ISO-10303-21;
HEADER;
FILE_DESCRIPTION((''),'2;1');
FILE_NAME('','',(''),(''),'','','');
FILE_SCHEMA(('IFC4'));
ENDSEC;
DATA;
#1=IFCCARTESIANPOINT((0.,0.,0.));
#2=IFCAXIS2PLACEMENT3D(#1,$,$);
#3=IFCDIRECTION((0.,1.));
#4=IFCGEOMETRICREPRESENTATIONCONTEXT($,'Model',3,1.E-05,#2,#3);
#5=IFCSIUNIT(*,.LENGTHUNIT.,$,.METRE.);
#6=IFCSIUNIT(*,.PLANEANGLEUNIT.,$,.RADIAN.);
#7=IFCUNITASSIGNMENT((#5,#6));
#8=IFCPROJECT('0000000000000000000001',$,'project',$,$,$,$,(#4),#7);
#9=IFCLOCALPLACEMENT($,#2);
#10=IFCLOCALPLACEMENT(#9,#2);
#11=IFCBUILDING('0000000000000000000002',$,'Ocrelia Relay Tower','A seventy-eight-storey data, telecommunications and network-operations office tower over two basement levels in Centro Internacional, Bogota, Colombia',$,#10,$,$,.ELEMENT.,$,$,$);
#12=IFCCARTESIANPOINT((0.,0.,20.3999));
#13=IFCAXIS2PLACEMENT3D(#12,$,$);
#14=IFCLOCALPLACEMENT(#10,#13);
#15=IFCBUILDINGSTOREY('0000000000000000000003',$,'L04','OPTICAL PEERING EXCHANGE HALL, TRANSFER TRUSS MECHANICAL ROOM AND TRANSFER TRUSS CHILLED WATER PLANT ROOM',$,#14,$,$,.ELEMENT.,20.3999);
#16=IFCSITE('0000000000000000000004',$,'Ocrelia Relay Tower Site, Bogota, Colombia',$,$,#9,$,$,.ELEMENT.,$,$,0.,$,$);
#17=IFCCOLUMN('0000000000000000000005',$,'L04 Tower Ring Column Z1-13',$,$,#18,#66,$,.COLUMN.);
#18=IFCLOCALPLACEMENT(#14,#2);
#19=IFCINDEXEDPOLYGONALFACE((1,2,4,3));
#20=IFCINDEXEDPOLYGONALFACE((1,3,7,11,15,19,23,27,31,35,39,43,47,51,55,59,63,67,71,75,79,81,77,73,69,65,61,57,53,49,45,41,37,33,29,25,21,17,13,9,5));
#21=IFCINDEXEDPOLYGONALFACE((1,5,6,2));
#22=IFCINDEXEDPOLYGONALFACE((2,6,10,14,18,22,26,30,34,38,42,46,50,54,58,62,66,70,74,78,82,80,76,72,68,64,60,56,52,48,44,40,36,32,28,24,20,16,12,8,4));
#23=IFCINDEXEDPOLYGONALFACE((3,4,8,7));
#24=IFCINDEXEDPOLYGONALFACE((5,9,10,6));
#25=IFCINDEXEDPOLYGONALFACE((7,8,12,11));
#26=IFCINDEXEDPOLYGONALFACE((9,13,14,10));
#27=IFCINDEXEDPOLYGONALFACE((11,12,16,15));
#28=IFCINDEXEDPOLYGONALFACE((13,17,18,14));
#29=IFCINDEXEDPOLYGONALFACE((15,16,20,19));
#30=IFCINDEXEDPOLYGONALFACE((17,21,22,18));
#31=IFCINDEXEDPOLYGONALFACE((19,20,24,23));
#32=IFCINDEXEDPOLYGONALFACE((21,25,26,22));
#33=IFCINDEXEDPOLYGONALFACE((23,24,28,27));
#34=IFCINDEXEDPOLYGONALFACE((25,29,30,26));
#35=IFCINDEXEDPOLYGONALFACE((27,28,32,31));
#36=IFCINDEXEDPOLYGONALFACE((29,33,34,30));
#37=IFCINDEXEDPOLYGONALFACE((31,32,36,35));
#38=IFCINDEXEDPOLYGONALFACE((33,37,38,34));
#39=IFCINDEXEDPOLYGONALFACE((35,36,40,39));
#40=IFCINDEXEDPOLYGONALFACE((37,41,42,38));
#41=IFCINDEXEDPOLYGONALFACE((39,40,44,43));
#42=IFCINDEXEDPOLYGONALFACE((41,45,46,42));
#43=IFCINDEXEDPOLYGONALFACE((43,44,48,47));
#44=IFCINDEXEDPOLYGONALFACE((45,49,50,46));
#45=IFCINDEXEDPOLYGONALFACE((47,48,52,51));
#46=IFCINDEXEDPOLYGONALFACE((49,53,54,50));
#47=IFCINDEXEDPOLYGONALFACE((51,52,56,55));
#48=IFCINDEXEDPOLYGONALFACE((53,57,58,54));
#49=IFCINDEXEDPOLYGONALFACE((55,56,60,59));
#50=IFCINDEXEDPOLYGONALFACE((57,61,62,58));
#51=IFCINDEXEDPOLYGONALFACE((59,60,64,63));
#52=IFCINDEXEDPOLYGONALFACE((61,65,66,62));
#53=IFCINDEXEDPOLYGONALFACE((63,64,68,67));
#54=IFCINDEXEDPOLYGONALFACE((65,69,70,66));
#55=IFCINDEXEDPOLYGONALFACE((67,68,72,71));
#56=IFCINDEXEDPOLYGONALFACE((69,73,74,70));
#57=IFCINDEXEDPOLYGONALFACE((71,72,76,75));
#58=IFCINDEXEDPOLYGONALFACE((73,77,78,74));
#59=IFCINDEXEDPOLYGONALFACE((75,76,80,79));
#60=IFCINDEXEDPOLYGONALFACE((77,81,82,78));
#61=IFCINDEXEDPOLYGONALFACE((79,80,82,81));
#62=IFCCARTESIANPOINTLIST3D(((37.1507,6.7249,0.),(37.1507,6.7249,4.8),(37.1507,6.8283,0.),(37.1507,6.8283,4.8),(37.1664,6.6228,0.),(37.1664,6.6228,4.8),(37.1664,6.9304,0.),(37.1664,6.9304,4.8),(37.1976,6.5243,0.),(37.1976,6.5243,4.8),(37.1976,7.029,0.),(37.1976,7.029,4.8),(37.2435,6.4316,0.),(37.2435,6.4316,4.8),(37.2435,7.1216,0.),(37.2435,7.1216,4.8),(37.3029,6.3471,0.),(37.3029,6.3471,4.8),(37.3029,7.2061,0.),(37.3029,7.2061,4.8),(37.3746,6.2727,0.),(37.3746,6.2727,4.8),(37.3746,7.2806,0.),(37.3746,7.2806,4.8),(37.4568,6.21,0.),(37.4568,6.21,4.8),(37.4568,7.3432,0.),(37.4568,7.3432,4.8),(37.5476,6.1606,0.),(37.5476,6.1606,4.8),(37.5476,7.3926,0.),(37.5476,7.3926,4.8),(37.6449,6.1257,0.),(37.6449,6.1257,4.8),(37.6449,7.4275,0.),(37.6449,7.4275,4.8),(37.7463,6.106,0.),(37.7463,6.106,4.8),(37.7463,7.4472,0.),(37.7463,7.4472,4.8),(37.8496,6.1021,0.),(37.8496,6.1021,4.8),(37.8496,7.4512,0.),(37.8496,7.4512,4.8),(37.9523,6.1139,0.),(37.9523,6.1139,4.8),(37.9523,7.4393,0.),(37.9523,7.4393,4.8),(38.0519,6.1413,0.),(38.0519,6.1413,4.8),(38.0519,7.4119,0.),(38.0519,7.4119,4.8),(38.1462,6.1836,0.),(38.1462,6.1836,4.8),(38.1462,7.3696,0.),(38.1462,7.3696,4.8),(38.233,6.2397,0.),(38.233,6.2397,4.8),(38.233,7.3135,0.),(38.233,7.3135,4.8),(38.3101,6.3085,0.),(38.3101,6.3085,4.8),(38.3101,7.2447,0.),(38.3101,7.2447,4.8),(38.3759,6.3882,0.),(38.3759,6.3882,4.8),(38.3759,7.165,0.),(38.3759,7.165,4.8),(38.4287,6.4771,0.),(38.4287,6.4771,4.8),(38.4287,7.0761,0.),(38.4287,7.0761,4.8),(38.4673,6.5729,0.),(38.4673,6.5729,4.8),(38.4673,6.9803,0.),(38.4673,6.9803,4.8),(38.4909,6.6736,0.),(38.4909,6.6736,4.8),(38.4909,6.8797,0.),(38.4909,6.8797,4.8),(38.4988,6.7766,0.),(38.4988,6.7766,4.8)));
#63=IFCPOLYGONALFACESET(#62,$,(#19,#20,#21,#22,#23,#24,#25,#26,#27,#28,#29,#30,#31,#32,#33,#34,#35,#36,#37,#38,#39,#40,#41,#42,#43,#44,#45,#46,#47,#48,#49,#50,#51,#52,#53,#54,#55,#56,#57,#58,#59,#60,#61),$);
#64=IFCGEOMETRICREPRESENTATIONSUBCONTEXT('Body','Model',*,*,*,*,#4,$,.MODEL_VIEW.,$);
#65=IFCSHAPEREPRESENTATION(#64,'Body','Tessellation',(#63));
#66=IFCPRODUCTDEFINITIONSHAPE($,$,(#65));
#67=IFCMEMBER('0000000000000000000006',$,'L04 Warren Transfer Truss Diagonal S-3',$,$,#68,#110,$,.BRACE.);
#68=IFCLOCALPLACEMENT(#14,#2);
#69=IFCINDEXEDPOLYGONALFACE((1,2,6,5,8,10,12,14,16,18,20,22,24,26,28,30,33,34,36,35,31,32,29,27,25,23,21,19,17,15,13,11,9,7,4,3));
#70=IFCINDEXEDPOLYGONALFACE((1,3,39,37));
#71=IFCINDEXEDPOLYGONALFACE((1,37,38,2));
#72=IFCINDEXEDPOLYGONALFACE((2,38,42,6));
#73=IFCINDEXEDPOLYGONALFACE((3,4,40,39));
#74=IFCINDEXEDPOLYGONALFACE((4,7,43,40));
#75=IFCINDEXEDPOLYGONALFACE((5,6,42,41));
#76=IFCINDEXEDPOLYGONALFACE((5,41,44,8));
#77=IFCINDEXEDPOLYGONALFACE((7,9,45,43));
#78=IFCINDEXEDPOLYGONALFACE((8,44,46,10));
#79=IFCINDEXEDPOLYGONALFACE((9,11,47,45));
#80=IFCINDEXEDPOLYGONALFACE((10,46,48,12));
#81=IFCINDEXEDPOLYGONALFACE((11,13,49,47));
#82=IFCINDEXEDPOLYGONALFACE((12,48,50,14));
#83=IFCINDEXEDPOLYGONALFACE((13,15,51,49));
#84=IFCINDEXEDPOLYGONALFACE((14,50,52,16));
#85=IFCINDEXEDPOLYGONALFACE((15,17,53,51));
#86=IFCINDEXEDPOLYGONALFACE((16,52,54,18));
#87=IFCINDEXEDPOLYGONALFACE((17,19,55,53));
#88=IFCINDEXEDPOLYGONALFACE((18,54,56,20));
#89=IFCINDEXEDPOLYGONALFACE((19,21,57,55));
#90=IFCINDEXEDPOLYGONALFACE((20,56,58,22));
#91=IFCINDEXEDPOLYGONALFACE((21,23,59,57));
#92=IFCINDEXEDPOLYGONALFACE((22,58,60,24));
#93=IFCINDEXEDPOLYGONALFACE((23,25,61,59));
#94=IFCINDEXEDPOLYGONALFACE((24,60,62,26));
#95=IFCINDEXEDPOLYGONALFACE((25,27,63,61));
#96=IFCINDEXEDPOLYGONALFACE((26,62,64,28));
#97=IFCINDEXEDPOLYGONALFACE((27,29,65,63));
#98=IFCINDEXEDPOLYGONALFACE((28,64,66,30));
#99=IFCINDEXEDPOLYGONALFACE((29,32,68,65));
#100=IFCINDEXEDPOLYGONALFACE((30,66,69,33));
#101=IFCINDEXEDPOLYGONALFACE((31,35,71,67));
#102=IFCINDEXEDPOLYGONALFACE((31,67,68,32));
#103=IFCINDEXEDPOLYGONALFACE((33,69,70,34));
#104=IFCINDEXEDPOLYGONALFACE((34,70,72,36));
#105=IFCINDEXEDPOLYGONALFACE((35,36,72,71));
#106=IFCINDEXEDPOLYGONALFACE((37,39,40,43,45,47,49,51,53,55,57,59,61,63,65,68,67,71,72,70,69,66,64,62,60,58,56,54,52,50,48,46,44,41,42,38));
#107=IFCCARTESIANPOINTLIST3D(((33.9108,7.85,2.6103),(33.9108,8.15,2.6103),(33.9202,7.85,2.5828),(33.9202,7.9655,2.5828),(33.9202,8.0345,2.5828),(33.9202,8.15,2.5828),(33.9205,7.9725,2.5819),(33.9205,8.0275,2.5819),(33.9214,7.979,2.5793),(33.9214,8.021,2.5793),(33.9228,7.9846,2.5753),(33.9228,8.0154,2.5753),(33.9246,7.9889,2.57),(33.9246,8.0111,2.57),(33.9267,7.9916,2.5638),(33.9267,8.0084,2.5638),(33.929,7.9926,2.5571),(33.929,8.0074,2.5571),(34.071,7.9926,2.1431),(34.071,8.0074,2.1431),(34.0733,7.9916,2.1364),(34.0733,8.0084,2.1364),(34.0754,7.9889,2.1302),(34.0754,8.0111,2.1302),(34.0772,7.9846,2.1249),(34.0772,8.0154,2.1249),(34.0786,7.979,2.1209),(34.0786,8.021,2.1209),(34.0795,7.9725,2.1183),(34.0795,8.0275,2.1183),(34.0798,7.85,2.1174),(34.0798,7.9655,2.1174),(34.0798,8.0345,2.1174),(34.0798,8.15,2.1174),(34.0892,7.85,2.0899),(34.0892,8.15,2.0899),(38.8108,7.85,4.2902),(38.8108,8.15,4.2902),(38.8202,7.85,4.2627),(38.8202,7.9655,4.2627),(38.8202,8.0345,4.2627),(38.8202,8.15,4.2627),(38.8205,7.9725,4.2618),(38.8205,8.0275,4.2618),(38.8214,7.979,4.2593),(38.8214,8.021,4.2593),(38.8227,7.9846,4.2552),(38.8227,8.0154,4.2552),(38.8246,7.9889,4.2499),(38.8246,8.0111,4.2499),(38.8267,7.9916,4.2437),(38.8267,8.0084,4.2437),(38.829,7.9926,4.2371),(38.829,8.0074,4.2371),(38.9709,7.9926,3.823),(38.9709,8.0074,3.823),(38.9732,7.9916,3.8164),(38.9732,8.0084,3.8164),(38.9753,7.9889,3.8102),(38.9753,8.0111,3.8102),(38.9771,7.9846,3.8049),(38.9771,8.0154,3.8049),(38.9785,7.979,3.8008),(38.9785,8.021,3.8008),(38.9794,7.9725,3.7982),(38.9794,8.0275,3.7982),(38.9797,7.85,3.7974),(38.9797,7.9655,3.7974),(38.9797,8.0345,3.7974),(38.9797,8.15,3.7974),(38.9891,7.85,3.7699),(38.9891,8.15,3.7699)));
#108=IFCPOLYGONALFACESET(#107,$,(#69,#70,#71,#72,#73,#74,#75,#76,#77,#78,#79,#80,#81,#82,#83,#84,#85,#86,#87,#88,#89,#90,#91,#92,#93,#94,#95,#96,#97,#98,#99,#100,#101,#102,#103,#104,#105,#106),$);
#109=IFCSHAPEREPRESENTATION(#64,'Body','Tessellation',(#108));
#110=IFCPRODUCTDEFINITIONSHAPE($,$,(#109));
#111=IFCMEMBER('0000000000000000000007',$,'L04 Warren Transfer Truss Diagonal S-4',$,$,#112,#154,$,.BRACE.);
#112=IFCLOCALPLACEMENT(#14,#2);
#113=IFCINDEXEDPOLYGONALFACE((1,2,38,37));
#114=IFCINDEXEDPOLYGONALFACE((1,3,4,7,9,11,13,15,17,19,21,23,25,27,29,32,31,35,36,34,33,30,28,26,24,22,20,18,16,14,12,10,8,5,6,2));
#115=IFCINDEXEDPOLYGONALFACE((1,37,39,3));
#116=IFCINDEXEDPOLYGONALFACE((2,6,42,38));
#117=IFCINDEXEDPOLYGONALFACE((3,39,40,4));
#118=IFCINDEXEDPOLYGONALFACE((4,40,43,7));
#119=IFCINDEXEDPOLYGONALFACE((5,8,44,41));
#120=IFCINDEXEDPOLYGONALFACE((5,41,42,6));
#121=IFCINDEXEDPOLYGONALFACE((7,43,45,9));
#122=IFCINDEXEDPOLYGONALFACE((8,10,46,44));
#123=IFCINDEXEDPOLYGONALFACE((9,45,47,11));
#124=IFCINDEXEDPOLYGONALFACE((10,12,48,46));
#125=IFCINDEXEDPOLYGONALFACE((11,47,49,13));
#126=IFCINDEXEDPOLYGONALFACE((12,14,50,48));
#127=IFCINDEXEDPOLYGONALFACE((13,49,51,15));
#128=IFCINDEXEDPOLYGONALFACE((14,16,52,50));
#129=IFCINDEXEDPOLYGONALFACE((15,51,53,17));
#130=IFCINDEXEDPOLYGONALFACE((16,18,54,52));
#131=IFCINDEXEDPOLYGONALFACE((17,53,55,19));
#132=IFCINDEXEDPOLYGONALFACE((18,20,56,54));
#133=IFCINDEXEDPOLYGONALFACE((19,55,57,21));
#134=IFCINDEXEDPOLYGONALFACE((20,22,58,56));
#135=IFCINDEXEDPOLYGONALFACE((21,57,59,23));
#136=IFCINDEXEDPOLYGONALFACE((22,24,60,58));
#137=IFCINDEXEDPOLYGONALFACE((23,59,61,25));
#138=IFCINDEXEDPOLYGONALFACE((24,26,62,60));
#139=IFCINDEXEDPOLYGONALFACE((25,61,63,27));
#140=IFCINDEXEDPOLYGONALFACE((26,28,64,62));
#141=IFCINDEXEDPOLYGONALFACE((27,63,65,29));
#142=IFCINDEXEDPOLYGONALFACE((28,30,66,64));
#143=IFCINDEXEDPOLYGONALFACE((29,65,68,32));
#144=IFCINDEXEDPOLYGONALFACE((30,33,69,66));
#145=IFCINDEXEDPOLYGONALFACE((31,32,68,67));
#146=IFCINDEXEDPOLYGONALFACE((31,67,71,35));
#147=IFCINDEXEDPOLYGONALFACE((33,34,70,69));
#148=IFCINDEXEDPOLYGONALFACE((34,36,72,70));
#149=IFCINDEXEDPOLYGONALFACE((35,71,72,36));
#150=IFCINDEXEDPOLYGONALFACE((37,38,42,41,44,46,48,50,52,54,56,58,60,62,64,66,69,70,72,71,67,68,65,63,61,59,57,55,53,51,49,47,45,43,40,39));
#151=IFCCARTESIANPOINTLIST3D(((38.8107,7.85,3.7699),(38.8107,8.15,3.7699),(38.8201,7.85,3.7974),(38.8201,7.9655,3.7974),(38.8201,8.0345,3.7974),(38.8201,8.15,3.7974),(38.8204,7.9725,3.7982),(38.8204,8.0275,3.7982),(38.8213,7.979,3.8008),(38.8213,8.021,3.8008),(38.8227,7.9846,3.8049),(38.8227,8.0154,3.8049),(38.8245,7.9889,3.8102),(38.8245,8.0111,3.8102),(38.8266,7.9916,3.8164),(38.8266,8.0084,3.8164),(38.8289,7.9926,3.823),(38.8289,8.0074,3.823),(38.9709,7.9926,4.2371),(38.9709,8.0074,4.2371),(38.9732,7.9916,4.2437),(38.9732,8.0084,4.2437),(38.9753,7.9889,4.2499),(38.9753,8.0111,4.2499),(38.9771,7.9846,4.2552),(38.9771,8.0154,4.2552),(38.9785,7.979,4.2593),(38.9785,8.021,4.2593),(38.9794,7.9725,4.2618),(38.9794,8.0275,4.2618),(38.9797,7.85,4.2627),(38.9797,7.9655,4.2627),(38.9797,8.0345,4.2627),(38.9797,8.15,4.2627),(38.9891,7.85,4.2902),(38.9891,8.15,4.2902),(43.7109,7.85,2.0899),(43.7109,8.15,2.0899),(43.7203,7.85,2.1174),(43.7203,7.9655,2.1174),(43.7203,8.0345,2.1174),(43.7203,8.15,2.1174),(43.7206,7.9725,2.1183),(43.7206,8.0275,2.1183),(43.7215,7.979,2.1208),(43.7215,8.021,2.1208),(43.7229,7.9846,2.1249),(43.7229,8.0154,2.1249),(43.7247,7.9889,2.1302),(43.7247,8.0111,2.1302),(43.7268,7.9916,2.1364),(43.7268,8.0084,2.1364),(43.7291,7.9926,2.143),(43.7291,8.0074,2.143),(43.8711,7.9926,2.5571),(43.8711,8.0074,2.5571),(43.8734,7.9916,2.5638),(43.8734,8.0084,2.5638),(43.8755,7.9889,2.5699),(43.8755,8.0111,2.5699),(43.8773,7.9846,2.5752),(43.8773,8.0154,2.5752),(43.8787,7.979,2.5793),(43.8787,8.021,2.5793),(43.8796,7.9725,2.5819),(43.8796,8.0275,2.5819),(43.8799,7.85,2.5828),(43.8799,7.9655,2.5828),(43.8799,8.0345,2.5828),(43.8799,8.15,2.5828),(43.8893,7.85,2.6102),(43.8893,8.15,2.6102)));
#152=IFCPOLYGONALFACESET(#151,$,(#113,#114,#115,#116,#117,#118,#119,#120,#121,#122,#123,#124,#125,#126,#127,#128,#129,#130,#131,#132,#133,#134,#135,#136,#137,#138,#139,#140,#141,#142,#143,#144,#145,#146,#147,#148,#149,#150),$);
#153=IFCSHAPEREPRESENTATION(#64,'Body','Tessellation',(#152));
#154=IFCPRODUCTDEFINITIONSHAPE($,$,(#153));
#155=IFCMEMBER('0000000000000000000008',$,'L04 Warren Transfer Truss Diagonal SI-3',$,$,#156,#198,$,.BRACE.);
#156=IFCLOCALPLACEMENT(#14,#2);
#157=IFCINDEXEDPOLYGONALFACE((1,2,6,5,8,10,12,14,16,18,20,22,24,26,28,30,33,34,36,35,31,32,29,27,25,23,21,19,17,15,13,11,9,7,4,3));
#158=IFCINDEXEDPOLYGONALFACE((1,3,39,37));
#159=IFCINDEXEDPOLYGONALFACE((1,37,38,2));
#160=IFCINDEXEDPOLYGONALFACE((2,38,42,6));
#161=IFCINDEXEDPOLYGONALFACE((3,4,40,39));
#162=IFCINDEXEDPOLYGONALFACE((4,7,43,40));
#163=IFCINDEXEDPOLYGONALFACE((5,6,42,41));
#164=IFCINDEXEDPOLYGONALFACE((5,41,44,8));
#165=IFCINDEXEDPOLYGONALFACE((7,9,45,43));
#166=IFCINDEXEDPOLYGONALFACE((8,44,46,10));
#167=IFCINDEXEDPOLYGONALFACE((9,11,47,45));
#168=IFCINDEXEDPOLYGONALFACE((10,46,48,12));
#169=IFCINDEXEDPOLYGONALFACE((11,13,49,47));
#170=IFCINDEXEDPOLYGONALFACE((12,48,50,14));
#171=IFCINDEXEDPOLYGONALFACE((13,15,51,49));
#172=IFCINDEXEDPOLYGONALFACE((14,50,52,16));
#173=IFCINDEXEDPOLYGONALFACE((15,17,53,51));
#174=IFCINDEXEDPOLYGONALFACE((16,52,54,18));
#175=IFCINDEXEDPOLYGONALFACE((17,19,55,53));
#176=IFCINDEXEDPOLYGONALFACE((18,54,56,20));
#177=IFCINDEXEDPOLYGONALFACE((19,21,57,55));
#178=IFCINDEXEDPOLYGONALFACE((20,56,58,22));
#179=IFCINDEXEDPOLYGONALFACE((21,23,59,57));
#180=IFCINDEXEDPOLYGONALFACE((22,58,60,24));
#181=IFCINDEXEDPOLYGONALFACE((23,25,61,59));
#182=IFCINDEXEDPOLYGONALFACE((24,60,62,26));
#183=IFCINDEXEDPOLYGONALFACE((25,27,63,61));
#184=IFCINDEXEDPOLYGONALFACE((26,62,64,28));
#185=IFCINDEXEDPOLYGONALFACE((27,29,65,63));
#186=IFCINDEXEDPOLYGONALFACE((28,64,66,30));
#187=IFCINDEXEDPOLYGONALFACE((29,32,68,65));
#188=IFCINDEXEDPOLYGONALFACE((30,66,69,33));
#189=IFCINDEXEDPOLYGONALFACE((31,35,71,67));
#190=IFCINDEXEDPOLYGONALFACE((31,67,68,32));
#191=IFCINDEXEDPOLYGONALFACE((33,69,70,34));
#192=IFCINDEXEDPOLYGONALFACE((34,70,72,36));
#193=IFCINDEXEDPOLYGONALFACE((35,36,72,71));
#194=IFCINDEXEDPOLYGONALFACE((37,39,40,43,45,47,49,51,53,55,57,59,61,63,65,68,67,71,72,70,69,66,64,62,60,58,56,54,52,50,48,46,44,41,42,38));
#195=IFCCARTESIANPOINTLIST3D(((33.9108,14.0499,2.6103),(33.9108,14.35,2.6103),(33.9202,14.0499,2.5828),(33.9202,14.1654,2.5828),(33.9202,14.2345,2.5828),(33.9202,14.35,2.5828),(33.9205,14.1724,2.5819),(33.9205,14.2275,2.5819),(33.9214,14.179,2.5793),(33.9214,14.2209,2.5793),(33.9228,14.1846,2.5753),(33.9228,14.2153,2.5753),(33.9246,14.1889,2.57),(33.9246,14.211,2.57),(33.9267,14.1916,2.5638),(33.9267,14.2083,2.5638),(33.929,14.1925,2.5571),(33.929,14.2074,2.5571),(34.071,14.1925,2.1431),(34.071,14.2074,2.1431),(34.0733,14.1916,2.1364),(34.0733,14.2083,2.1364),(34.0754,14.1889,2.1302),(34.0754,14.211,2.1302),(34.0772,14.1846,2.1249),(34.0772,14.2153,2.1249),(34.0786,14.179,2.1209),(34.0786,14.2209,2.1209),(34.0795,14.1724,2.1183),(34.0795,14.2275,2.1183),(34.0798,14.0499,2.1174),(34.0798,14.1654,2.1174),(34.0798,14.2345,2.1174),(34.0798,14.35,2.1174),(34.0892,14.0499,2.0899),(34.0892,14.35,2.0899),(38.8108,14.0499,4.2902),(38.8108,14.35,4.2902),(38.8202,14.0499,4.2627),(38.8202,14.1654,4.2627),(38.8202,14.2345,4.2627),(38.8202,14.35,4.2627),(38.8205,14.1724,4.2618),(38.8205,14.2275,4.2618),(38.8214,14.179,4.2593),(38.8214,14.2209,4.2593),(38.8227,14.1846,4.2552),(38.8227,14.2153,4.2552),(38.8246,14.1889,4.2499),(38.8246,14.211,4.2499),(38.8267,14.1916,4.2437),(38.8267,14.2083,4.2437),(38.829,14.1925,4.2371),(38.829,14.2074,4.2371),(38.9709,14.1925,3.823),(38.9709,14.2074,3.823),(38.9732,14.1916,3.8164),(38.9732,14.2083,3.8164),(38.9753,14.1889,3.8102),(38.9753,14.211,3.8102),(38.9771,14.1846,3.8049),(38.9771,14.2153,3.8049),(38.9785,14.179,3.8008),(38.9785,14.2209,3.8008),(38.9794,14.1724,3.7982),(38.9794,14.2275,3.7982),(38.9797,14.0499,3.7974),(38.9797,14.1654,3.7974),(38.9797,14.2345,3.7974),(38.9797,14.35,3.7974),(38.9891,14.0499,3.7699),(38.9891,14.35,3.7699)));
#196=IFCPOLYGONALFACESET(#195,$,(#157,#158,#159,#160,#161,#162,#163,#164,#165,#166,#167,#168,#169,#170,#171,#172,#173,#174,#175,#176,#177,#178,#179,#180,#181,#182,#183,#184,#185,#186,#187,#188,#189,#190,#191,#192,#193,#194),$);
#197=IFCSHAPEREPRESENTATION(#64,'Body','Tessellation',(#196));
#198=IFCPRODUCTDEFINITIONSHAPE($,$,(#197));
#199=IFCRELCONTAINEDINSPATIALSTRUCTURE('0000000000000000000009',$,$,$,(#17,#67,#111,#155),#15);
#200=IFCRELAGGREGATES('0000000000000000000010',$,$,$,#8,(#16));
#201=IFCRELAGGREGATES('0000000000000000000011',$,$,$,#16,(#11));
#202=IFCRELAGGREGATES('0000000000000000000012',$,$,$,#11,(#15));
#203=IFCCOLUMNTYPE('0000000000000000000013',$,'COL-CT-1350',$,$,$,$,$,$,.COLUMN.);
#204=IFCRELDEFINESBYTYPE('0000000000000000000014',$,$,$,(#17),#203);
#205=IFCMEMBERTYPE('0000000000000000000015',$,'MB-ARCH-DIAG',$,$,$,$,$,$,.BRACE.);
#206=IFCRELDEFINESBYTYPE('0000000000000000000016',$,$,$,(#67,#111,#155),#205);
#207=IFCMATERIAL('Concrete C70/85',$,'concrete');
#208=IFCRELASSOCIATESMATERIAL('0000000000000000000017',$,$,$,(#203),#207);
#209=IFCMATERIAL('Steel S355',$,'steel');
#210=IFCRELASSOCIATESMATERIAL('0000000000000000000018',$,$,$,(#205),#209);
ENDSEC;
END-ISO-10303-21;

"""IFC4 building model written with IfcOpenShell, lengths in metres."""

from ifc_helpers import new_model, si_unit, direction, frame, origin, origin_2d, place, context, subcontext, project, spatial, circle, i_section, extrude, material, material_profile, profile_set, type_object, element, save


model = new_model("IFC4")

# Units and contexts
model_context = context("Model", 3, precision=1e-05, world=origin(), true_north=direction((0.0, 1.0)))
body_context = subcontext(model_context, "Body", "Model", "MODEL_VIEW")
ifc_project = project(units=[si_unit("LENGTHUNIT", "METRE"), si_unit("PLANEANGLEUNIT", "RADIAN")], contexts=[model_context])

# Site, building, storey
site_placement = place(None, origin())
site = spatial("IfcSite", under=ifc_project, at=site_placement, Name="Ocrelia Relay Tower Site, Bogota, Colombia", CompositionType="ELEMENT", RefElevation=0.0)
building_placement = place(site_placement, origin())
building = spatial("IfcBuilding", under=site, at=building_placement, Name="Ocrelia Relay Tower", Description="A seventy-eight-storey data, telecommunications and network-operations office tower over two basement levels in Centro Internacional, Bogota, Colombia", CompositionType="ELEMENT")
storey_placement = place(building_placement, frame((0.0, 0.0, 20.3999)))
storey = spatial("IfcBuildingStorey", under=building, at=storey_placement, Name="L04", Description="OPTICAL PEERING EXCHANGE HALL, TRANSFER TRUSS MECHANICAL ROOM AND TRANSFER TRUSS CHILLED WATER PLANT ROOM", CompositionType="ELEMENT", Elevation=20.3999)

# Column
ifc_material_1 = material(Name="Concrete C70/85", Category="concrete")
ifc_material_profile_1 = material_profile(ifc_material_1, circle(Radius=0.675, at=origin_2d()), Name="RC-CIR-1350")
ifc_profile_set_1 = profile_set([ifc_material_profile_1], Name="Concrete C70/85")
column_type = type_object("IfcColumnType", Name="COL-CT-1350", PredefinedType="COLUMN", material=ifc_profile_set_1)
column_placement = place(storey_placement, frame((37.8237, 6.7766, 0.0), z_axis=(0.0, 0.0, 1.0), x_axis=(1.0, 0.0, 0.0)))
element("IfcColumn", 1, at=column_placement, inside=storey, type_object=column_type, Name="L04 Tower Ring Column Z1-13", PredefinedType="COLUMN", context=body_context, shape_type="SweptSolid", body=[
    extrude(circle(Radius=0.675, at=origin_2d()), origin(), (0.0, 0.0, 1.0), 4.8),
])

# Members
ifc_material_2 = material(Name="Steel S355", Category="steel")
ifc_material_profile_2 = material_profile(ifc_material_2, i_section(OverallWidth=0.3, OverallDepth=0.55, WebThickness=0.0149, FlangeThickness=0.0291, FilletRadius=0.0271, at=origin_2d()), Name="HEB 550")
ifc_profile_set_2 = profile_set([ifc_material_profile_2], Name="Steel S355")
member_type = type_object("IfcMemberType", Name="MB-ARCH-DIAG", PredefinedType="BRACE", material=ifc_profile_set_2)
member_1_placement = place(storey_placement, frame((34.0, 8.0, 2.3501), z_axis=(0.945948, 0.0, 0.324318), x_axis=(0.0, 1.0, 0.0)))
element("IfcMember", 2, at=member_1_placement, inside=storey, type_object=member_type, Name="L04 Warren Transfer Truss Diagonal S-3", PredefinedType="BRACE", context=body_context, shape_type="SweptSolid", body=[
    extrude(i_section(OverallWidth=0.3, OverallDepth=0.55, WebThickness=0.0149, FlangeThickness=0.0291, FilletRadius=0.0271, at=origin_2d()), origin(), (0.0, 0.0, 1.0), 5.1799),
])
member_2_placement = place(storey_placement, frame((38.8999, 8.0, 4.03), z_axis=(0.945953, 0.0, -0.324304), x_axis=(0.0, 1.0, 0.0)))
element("IfcMember", 3, at=member_2_placement, inside=storey, type_object=member_type, Name="L04 Warren Transfer Truss Diagonal S-4", PredefinedType="BRACE", context=body_context, shape_type="SweptSolid", body=[
    extrude(i_section(OverallWidth=0.3, OverallDepth=0.55, WebThickness=0.0149, FlangeThickness=0.0291, FilletRadius=0.0271, at=origin_2d()), origin(), (0.0, 0.0, 1.0), 5.1802),
])
member_3_placement = place(storey_placement, frame((34.0, 14.2, 2.3501), z_axis=(0.945948, 0.0, 0.324318), x_axis=(0.0, 1.0, 0.0)))
element("IfcMember", 4, at=member_3_placement, inside=storey, type_object=member_type, Name="L04 Warren Transfer Truss Diagonal SI-3", PredefinedType="BRACE", context=body_context, shape_type="SweptSolid", body=[
    extrude(i_section(OverallWidth=0.3, OverallDepth=0.55, WebThickness=0.0149, FlangeThickness=0.0291, FilletRadius=0.0271, at=origin_2d()), origin(), (0.0, 0.0, 1.0), 5.1799),
])

save(model, "model.ifc")
